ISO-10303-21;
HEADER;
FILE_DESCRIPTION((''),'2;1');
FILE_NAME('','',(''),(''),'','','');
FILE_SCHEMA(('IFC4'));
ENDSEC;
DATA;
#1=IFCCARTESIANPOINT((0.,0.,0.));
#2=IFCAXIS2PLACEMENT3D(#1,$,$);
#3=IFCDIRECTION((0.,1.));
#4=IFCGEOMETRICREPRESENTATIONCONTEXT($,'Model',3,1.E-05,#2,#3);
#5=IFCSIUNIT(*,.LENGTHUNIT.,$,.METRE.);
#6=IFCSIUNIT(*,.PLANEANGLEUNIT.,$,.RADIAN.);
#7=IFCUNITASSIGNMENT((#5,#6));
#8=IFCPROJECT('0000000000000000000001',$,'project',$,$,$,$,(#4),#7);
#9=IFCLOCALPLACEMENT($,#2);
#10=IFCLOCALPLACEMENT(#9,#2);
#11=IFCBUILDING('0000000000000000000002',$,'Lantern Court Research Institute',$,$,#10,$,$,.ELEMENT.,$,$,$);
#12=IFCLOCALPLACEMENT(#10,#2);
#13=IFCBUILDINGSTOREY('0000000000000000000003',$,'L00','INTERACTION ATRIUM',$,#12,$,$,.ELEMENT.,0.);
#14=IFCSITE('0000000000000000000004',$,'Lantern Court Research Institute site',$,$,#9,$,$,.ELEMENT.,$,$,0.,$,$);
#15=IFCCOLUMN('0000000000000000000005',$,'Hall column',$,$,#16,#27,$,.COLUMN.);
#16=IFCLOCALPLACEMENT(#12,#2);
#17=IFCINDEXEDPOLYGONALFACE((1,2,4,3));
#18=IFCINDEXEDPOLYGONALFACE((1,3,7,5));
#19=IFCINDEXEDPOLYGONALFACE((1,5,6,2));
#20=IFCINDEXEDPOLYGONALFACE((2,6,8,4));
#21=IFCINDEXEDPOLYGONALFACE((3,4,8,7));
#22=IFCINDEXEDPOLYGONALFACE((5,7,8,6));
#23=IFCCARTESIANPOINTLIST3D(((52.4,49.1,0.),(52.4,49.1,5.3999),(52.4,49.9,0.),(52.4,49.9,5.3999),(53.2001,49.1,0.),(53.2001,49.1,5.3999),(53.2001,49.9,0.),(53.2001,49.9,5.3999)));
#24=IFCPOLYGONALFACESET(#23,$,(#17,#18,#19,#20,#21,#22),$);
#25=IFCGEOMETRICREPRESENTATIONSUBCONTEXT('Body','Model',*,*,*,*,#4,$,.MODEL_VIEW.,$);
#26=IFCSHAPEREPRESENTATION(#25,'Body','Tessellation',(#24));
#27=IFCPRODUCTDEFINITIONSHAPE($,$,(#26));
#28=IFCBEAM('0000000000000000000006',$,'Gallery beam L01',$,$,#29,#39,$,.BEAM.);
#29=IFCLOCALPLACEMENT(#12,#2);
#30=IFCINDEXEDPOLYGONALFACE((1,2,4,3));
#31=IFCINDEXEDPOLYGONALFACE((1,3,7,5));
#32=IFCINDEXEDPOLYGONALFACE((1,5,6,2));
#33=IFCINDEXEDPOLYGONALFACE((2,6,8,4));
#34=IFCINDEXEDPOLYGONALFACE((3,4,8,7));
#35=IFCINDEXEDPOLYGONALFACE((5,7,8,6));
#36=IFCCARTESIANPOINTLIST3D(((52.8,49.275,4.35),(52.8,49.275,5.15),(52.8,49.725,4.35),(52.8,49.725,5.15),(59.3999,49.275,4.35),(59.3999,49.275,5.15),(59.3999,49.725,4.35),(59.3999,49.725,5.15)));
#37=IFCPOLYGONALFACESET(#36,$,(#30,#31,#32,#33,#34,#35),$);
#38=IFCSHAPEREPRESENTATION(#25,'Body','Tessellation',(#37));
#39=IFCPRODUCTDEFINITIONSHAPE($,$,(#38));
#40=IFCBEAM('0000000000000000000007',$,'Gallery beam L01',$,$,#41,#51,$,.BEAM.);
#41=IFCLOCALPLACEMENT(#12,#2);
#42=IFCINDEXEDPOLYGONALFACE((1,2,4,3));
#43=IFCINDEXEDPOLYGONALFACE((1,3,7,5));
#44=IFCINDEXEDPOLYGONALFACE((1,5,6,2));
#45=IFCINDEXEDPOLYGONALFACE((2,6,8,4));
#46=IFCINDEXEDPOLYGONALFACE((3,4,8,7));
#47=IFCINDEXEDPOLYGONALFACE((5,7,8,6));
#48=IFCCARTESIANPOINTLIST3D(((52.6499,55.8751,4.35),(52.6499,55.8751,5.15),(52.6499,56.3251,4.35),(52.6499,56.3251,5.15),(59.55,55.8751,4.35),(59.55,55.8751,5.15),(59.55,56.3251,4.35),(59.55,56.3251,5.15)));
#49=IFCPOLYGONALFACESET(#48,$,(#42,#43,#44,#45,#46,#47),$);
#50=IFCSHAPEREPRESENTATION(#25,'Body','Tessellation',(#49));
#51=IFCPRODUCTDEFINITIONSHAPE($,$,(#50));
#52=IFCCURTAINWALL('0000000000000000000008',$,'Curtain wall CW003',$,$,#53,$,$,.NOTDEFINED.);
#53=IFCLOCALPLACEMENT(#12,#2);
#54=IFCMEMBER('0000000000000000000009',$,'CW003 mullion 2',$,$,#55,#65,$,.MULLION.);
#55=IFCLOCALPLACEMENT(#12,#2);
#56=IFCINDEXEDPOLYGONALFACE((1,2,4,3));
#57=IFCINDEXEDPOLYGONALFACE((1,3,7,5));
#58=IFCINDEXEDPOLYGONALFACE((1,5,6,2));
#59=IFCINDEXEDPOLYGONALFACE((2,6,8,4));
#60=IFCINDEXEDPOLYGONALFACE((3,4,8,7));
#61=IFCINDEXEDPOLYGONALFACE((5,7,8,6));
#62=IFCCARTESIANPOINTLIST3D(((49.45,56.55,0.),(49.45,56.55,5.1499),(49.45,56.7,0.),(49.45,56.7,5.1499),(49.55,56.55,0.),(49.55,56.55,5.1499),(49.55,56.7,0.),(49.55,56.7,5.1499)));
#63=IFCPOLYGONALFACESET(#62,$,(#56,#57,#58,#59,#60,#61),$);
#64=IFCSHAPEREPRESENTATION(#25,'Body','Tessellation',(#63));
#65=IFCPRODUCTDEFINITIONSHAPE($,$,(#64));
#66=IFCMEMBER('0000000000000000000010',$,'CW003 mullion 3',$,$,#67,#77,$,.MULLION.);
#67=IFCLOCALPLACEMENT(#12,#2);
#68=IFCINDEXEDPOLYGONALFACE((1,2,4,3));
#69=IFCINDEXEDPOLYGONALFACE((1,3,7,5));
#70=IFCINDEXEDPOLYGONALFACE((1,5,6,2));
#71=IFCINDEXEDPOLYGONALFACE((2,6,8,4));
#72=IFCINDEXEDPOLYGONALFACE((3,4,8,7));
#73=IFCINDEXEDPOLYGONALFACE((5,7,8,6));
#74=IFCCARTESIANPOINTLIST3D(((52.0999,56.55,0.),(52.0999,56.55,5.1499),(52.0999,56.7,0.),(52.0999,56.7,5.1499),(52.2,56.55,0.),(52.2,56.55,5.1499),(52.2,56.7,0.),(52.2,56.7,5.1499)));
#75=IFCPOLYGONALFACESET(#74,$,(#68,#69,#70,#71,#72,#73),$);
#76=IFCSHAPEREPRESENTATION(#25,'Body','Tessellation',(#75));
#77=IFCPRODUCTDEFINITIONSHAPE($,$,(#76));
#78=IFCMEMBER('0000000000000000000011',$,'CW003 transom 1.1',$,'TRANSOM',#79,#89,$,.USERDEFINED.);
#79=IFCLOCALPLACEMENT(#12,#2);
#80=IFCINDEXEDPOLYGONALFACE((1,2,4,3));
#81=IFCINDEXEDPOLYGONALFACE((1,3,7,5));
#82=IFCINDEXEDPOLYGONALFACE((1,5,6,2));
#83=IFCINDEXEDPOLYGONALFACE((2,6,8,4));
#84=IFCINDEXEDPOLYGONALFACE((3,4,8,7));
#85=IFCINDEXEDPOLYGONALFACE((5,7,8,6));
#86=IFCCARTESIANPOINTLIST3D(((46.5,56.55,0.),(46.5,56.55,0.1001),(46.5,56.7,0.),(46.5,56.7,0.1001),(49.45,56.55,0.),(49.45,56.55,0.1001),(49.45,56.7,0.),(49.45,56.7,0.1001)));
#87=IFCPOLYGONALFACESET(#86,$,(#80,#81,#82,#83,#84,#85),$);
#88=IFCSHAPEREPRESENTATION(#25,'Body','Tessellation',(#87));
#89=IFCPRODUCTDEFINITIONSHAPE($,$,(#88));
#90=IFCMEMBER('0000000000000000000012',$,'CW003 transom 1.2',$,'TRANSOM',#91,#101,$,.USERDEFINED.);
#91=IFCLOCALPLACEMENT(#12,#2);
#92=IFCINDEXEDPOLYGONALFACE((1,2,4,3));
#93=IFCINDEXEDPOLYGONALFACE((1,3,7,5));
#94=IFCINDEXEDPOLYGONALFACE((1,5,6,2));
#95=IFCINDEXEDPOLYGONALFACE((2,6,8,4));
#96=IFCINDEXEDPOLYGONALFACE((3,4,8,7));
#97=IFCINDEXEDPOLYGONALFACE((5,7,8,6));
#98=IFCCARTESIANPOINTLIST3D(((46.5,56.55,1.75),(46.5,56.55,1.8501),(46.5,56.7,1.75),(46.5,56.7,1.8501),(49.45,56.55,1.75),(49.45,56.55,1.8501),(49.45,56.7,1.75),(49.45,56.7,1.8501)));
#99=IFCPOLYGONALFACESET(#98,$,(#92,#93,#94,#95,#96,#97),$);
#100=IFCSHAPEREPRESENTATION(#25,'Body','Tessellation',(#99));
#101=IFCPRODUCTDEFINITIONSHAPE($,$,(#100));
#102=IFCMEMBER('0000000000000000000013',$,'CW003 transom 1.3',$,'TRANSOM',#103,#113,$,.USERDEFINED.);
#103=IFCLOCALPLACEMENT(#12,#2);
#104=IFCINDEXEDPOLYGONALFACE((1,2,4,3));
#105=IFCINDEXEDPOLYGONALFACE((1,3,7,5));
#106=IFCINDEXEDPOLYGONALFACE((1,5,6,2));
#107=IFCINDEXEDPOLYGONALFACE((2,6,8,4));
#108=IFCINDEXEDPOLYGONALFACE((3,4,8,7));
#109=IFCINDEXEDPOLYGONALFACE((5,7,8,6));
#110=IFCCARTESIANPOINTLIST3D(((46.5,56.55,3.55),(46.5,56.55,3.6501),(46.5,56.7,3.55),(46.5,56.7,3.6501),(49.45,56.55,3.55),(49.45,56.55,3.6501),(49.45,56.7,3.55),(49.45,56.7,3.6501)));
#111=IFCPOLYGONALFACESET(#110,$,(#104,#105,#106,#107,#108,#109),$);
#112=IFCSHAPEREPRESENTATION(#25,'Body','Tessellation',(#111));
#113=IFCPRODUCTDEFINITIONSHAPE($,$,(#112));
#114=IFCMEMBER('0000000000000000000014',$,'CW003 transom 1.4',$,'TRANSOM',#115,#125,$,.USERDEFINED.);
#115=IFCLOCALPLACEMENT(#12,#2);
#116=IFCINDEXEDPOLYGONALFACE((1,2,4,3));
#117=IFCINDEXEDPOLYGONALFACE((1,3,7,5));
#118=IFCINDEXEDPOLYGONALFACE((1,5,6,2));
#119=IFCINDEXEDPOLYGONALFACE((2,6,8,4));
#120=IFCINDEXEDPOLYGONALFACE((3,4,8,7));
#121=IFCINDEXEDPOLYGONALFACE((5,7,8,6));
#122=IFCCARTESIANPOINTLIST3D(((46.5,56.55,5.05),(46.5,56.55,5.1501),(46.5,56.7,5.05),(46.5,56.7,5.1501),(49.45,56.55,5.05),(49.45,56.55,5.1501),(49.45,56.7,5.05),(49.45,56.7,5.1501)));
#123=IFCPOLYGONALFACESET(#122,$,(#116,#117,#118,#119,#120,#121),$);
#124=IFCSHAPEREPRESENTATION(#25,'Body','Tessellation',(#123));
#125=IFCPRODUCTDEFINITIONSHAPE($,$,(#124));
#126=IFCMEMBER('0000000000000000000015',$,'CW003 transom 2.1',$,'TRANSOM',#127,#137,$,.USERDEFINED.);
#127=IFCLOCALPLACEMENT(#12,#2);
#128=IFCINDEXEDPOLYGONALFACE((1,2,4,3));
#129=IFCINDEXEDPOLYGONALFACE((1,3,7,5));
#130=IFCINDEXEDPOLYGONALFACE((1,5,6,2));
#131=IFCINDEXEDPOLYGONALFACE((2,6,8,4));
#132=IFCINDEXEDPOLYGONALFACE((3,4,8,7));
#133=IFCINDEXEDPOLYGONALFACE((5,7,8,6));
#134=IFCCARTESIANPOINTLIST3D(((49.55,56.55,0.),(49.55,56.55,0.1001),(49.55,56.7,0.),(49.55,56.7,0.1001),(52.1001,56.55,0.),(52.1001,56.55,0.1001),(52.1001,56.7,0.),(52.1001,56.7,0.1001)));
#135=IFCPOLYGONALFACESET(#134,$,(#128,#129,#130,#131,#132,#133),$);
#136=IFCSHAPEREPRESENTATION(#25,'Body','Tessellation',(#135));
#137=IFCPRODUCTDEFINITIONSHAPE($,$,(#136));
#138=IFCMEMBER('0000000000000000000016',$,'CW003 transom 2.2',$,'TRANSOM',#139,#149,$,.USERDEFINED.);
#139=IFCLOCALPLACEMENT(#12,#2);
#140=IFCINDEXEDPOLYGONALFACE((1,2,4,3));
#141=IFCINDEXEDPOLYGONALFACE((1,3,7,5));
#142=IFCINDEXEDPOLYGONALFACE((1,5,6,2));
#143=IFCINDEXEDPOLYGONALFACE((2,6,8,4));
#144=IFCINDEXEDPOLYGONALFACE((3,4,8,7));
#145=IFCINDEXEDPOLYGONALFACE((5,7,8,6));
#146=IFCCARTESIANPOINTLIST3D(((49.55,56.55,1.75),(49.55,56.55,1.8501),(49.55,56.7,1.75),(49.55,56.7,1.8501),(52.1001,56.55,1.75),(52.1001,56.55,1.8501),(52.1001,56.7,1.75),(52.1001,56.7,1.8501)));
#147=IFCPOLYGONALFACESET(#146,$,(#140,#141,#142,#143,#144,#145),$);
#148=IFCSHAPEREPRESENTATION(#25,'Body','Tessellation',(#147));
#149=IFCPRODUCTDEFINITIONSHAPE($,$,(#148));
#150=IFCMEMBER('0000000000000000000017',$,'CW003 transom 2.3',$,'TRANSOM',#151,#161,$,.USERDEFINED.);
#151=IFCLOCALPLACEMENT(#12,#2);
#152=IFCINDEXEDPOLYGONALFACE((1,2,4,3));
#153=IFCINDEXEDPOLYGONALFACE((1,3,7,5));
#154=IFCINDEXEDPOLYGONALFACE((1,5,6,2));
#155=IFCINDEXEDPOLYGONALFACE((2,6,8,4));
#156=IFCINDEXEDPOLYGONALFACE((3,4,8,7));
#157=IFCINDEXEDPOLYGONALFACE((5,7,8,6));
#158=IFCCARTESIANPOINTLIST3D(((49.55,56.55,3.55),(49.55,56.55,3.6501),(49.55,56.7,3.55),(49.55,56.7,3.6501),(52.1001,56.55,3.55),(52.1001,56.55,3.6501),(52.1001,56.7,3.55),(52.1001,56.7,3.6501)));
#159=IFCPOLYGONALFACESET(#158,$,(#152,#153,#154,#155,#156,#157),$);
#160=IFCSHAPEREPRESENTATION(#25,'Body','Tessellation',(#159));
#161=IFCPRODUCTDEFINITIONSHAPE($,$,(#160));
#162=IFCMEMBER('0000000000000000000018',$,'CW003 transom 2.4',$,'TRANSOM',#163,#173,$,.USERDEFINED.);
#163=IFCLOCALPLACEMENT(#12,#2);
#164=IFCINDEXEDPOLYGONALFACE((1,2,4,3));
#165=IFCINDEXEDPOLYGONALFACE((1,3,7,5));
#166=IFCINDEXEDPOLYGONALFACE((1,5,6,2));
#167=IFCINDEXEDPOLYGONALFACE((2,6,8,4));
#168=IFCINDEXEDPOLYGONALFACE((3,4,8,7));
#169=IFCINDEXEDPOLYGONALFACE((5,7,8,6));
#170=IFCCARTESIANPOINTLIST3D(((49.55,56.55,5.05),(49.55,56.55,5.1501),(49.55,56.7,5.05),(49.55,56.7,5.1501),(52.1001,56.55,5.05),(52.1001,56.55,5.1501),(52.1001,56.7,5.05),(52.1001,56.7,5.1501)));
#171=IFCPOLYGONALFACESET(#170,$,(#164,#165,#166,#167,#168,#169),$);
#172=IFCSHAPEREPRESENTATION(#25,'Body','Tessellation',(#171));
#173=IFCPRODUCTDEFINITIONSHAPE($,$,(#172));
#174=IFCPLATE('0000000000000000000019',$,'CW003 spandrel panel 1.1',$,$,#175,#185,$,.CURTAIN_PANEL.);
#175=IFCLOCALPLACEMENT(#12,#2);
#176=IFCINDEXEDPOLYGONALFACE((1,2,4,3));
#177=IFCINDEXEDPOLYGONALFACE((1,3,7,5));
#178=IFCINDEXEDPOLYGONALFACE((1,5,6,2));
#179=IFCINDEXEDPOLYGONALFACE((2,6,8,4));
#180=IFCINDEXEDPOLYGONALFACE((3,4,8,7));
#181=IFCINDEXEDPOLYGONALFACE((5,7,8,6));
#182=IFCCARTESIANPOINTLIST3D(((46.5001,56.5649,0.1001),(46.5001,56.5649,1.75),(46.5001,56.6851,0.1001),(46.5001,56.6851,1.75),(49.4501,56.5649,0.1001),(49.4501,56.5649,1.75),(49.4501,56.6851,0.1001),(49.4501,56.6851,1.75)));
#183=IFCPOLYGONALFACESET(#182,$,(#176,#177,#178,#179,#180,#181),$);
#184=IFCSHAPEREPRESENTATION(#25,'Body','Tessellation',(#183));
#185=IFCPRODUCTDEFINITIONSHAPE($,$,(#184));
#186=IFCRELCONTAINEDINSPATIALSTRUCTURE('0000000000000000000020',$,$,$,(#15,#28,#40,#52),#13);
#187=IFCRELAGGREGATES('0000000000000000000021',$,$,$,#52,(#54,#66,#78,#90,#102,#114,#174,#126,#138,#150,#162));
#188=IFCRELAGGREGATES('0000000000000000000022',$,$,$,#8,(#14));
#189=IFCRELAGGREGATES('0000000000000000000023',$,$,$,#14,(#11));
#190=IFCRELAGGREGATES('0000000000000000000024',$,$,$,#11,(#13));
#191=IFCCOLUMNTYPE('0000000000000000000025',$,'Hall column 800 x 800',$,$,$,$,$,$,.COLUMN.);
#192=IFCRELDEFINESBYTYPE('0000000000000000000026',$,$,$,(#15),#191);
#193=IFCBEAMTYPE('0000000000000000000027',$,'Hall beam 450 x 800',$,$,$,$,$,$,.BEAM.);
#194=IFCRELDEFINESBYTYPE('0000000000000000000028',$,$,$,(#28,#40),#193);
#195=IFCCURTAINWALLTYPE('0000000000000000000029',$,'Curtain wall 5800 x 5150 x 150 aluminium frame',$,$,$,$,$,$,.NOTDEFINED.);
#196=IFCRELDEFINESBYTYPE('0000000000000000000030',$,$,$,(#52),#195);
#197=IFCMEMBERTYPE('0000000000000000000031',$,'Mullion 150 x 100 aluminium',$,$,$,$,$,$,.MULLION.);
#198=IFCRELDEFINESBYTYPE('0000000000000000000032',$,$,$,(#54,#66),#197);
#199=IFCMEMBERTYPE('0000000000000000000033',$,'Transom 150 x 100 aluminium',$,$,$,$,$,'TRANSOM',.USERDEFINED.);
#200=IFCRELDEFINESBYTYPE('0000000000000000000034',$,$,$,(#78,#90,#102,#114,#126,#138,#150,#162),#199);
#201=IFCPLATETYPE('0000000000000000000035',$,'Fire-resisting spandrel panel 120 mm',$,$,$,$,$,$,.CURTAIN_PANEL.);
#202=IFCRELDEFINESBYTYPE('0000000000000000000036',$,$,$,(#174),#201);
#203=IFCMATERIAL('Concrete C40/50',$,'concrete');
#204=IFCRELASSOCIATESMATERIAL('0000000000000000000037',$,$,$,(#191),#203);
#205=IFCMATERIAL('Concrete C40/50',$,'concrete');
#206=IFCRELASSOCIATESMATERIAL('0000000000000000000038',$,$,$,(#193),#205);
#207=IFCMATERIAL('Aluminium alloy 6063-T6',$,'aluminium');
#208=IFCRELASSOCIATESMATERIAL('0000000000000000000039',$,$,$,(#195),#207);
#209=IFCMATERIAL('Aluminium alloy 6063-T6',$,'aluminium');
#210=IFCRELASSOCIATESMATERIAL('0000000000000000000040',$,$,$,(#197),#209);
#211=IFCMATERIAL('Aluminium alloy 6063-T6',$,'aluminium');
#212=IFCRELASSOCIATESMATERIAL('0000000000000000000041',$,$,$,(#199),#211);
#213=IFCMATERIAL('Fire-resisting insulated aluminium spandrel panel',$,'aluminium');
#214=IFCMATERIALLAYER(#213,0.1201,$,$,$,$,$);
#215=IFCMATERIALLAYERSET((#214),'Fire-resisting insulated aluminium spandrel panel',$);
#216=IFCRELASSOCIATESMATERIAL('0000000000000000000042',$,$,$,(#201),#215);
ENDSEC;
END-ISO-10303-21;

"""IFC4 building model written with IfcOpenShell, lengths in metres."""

from ifc_helpers import new_model, si_unit, direction, frame, origin, origin_2d, place, context, subcontext, project, spatial, rectangle, extrude, material, layer, layer_set, material_profile, profile_set, type_object, element, aggregate, save


model = new_model("IFC4")

# Units and contexts
model_context = context("Model", 3, precision=1e-05, world=origin(), true_north=direction((0.0, 1.0)))
body_context = subcontext(model_context, "Body", "Model", "MODEL_VIEW")
ifc_project = project(units=[si_unit("LENGTHUNIT", "METRE"), si_unit("PLANEANGLEUNIT", "RADIAN")], contexts=[model_context])

# Site, building, storey
site_placement = place(None, origin())
site = spatial("IfcSite", under=ifc_project, at=site_placement, Name="Lantern Court Research Institute site", CompositionType="ELEMENT", RefElevation=0.0)
building_placement = place(site_placement, origin())
building = spatial("IfcBuilding", under=site, at=building_placement, Name="Lantern Court Research Institute", CompositionType="ELEMENT")
storey_placement = place(building_placement, origin())
storey = spatial("IfcBuildingStorey", under=building, at=storey_placement, Name="L00", Description="INTERACTION ATRIUM", CompositionType="ELEMENT", Elevation=0.0)

# Column
ifc_material_1 = material(Name="Concrete C40/50", Category="concrete")
ifc_material_profile_1 = material_profile(ifc_material_1, rectangle(XDim=0.8, YDim=0.8, at=origin_2d()), Name="Hall column 800 x 800")
ifc_profile_set_1 = profile_set([ifc_material_profile_1], Name="Concrete C40/50")
column_type = type_object("IfcColumnType", Name="Hall column 800 x 800", PredefinedType="COLUMN", material=ifc_profile_set_1)
column_placement = place(storey_placement, frame((52.8, 49.5, 0.0), z_axis=(0.0, 0.0, 1.0), x_axis=(1.0, 0.0, 0.0)))
element("IfcColumn", 1, at=column_placement, inside=storey, type_object=column_type, Name="Hall column", PredefinedType="COLUMN", context=body_context, shape_type="SweptSolid", body=[
    extrude(rectangle(XDim=0.8, YDim=0.8, at=origin_2d()), origin(), (0.0, 0.0, 1.0), 5.3999),
])

# Beams
ifc_material_2 = material(Name="Concrete C40/50", Category="concrete")
ifc_material_profile_2 = material_profile(ifc_material_2, rectangle(XDim=0.45, YDim=0.8, at=origin_2d()), Name="Hall beam 450 x 800")
ifc_profile_set_2 = profile_set([ifc_material_profile_2], Name="Concrete C40/50")
beam_type = type_object("IfcBeamType", Name="Hall beam 450 x 800", PredefinedType="BEAM", material=ifc_profile_set_2)
beam_1_placement = place(storey_placement, frame((52.8, 49.5, 4.75), z_axis=(1.0, 0.0, 0.0), x_axis=(0.0, 1.0, 0.0)))
element("IfcBeam", 2, at=beam_1_placement, inside=storey, type_object=beam_type, Name="Gallery beam L01", PredefinedType="BEAM", context=body_context, shape_type="SweptSolid", body=[
    extrude(rectangle(XDim=0.45, YDim=0.8, at=origin_2d()), origin(), (0.0, 0.0, 1.0), 6.5999),
])
beam_2_placement = place(storey_placement, frame((52.6499, 56.1001, 4.75), z_axis=(1.0, 0.0, 0.0), x_axis=(0.0, 1.0, 0.0)))
element("IfcBeam", 3, at=beam_2_placement, inside=storey, type_object=beam_type, Name="Gallery beam L01", PredefinedType="BEAM", context=body_context, shape_type="SweptSolid", body=[
    extrude(rectangle(XDim=0.45, YDim=0.8, at=origin_2d()), origin(), (0.0, 0.0, 1.0), 6.9001),
])

# Curtain wall, members, plate
ifc_material_3 = material(Name="Aluminium alloy 6063-T6", Category="aluminium")
curtain_wall_type = type_object("IfcCurtainWallType", Name="Curtain wall 5800 x 5150 x 150 aluminium frame", PredefinedType="NOTDEFINED", material=ifc_material_3)
curtain_wall_placement = place(storey_placement, origin())
curtain_wall = element("IfcCurtainWall", 4, at=curtain_wall_placement, inside=storey, type_object=curtain_wall_type, Name="Curtain wall CW003", PredefinedType="NOTDEFINED")
ifc_material_4 = material(Name="Aluminium alloy 6063-T6", Category="aluminium")
ifc_material_profile_3 = material_profile(ifc_material_4, rectangle(XDim=0.1499, YDim=0.1001, at=origin_2d()), Name="Mullion 150 x 100")
ifc_profile_set_3 = profile_set([ifc_material_profile_3], Name="Aluminium alloy 6063-T6")
member_type_1 = type_object("IfcMemberType", Name="Mullion 150 x 100 aluminium", PredefinedType="MULLION", material=ifc_profile_set_3)
member_1_placement = place(storey_placement, frame((49.5, 56.625, 0.0), z_axis=(0.0, 0.0, 1.0), x_axis=(0.0, 1.0, 0.0)))
member_1 = element("IfcMember", 5, at=member_1_placement, type_object=member_type_1, Name="CW003 mullion 2", PredefinedType="MULLION", context=body_context, shape_type="SweptSolid", body=[
    extrude(rectangle(XDim=0.1499, YDim=0.1001, at=origin_2d()), origin(), (0.0, 0.0, 1.0), 5.1499),
])
member_2_placement = place(storey_placement, frame((52.1499, 56.625, 0.0), z_axis=(0.0, 0.0, 1.0), x_axis=(0.0, 1.0, 0.0)))
member_2 = element("IfcMember", 6, at=member_2_placement, type_object=member_type_1, Name="CW003 mullion 3", PredefinedType="MULLION", context=body_context, shape_type="SweptSolid", body=[
    extrude(rectangle(XDim=0.1499, YDim=0.1001, at=origin_2d()), origin(), (0.0, 0.0, 1.0), 5.1499),
])
ifc_material_5 = material(Name="Aluminium alloy 6063-T6", Category="aluminium")
ifc_material_profile_4 = material_profile(ifc_material_5, rectangle(XDim=0.1499, YDim=0.1001, at=origin_2d()), Name="Transom 150 x 100")
ifc_profile_set_4 = profile_set([ifc_material_profile_4], Name="Aluminium alloy 6063-T6")
member_type_2 = type_object("IfcMemberType", Name="Transom 150 x 100 aluminium", ElementType="TRANSOM", PredefinedType="USERDEFINED", material=ifc_profile_set_4)
member_3_placement = place(storey_placement, frame((46.5, 56.625, 0.05), z_axis=(1.0, 0.0, 0.0), x_axis=(0.0, 1.0, 0.0)))
member_3 = element("IfcMember", 7, at=member_3_placement, type_object=member_type_2, Name="CW003 transom 1.1", ObjectType="TRANSOM", PredefinedType="USERDEFINED", context=body_context, shape_type="SweptSolid", body=[
    extrude(rectangle(XDim=0.1499, YDim=0.1001, at=origin_2d()), origin(), (0.0, 0.0, 1.0), 2.95),
])
member_4_placement = place(storey_placement, frame((46.5, 56.625, 1.8), z_axis=(1.0, 0.0, 0.0), x_axis=(0.0, 1.0, 0.0)))
member_4 = element("IfcMember", 8, at=member_4_placement, type_object=member_type_2, Name="CW003 transom 1.2", ObjectType="TRANSOM", PredefinedType="USERDEFINED", context=body_context, shape_type="SweptSolid", body=[
    extrude(rectangle(XDim=0.1499, YDim=0.1001, at=origin_2d()), origin(), (0.0, 0.0, 1.0), 2.95),
])
member_5_placement = place(storey_placement, frame((46.5, 56.625, 3.6001), z_axis=(1.0, 0.0, 0.0), x_axis=(0.0, 1.0, 0.0)))
member_5 = element("IfcMember", 9, at=member_5_placement, type_object=member_type_2, Name="CW003 transom 1.3", ObjectType="TRANSOM", PredefinedType="USERDEFINED", context=body_context, shape_type="SweptSolid", body=[
    extrude(rectangle(XDim=0.1499, YDim=0.1001, at=origin_2d()), origin(), (0.0, 0.0, 1.0), 2.95),
])
member_6_placement = place(storey_placement, frame((46.5, 56.625, 5.1001), z_axis=(1.0, 0.0, 0.0), x_axis=(0.0, 1.0, 0.0)))
member_6 = element("IfcMember", 10, at=member_6_placement, type_object=member_type_2, Name="CW003 transom 1.4", ObjectType="TRANSOM", PredefinedType="USERDEFINED", context=body_context, shape_type="SweptSolid", body=[
    extrude(rectangle(XDim=0.1499, YDim=0.1001, at=origin_2d()), origin(), (0.0, 0.0, 1.0), 2.95),
])
member_7_placement = place(storey_placement, frame((49.55, 56.625, 0.05), z_axis=(1.0, 0.0, 0.0), x_axis=(0.0, 1.0, 0.0)))
member_7 = element("IfcMember", 11, at=member_7_placement, type_object=member_type_2, Name="CW003 transom 2.1", ObjectType="TRANSOM", PredefinedType="USERDEFINED", context=body_context, shape_type="SweptSolid", body=[
    extrude(rectangle(XDim=0.1499, YDim=0.1001, at=origin_2d()), origin(), (0.0, 0.0, 1.0), 2.55),
])
member_8_placement = place(storey_placement, frame((49.55, 56.625, 1.8), z_axis=(1.0, 0.0, 0.0), x_axis=(0.0, 1.0, 0.0)))
member_8 = element("IfcMember", 12, at=member_8_placement, type_object=member_type_2, Name="CW003 transom 2.2", ObjectType="TRANSOM", PredefinedType="USERDEFINED", context=body_context, shape_type="SweptSolid", body=[
    extrude(rectangle(XDim=0.1499, YDim=0.1001, at=origin_2d()), origin(), (0.0, 0.0, 1.0), 2.55),
])
member_9_placement = place(storey_placement, frame((49.55, 56.625, 3.6001), z_axis=(1.0, 0.0, 0.0), x_axis=(0.0, 1.0, 0.0)))
member_9 = element("IfcMember", 13, at=member_9_placement, type_object=member_type_2, Name="CW003 transom 2.3", ObjectType="TRANSOM", PredefinedType="USERDEFINED", context=body_context, shape_type="SweptSolid", body=[
    extrude(rectangle(XDim=0.1499, YDim=0.1001, at=origin_2d()), origin(), (0.0, 0.0, 1.0), 2.55),
])
member_10_placement = place(storey_placement, frame((49.55, 56.625, 5.1001), z_axis=(1.0, 0.0, 0.0), x_axis=(0.0, 1.0, 0.0)))
member_10 = element("IfcMember", 14, at=member_10_placement, type_object=member_type_2, Name="CW003 transom 2.4", ObjectType="TRANSOM", PredefinedType="USERDEFINED", context=body_context, shape_type="SweptSolid", body=[
    extrude(rectangle(XDim=0.1499, YDim=0.1001, at=origin_2d()), origin(), (0.0, 0.0, 1.0), 2.55),
])
ifc_material_6 = material(Name="Fire-resisting insulated aluminium spandrel panel", Category="aluminium")
ifc_layer_1 = layer(ifc_material_6, 0.1201)
ifc_layer_set_1 = layer_set([ifc_layer_1], Name="Fire-resisting insulated aluminium spandrel panel")
plate_type_1 = type_object("IfcPlateType", Name="Fire-resisting spandrel panel 120 mm", PredefinedType="CURTAIN_PANEL", material=ifc_layer_set_1)
plate_1_placement = place(storey_placement, frame((47.9751, 56.625, 0.1001), z_axis=(0.0, 0.0, 1.0), x_axis=(1.0, 0.0, 0.0)))
plate_1 = element("IfcPlate", 15, at=plate_1_placement, type_object=plate_type_1, Name="CW003 spandrel panel 1.1", PredefinedType="CURTAIN_PANEL", context=body_context, shape_type="SweptSolid", body=[
    extrude(rectangle(XDim=2.95, YDim=0.1201, at=origin_2d()), origin(), (0.0, 0.0, 1.0), 1.6499),
])
aggregate(curtain_wall, [member_1, member_2, member_3, member_4, member_5, member_6, plate_1, member_7, member_8, member_9, member_10])

save(model, "model.ifc")
